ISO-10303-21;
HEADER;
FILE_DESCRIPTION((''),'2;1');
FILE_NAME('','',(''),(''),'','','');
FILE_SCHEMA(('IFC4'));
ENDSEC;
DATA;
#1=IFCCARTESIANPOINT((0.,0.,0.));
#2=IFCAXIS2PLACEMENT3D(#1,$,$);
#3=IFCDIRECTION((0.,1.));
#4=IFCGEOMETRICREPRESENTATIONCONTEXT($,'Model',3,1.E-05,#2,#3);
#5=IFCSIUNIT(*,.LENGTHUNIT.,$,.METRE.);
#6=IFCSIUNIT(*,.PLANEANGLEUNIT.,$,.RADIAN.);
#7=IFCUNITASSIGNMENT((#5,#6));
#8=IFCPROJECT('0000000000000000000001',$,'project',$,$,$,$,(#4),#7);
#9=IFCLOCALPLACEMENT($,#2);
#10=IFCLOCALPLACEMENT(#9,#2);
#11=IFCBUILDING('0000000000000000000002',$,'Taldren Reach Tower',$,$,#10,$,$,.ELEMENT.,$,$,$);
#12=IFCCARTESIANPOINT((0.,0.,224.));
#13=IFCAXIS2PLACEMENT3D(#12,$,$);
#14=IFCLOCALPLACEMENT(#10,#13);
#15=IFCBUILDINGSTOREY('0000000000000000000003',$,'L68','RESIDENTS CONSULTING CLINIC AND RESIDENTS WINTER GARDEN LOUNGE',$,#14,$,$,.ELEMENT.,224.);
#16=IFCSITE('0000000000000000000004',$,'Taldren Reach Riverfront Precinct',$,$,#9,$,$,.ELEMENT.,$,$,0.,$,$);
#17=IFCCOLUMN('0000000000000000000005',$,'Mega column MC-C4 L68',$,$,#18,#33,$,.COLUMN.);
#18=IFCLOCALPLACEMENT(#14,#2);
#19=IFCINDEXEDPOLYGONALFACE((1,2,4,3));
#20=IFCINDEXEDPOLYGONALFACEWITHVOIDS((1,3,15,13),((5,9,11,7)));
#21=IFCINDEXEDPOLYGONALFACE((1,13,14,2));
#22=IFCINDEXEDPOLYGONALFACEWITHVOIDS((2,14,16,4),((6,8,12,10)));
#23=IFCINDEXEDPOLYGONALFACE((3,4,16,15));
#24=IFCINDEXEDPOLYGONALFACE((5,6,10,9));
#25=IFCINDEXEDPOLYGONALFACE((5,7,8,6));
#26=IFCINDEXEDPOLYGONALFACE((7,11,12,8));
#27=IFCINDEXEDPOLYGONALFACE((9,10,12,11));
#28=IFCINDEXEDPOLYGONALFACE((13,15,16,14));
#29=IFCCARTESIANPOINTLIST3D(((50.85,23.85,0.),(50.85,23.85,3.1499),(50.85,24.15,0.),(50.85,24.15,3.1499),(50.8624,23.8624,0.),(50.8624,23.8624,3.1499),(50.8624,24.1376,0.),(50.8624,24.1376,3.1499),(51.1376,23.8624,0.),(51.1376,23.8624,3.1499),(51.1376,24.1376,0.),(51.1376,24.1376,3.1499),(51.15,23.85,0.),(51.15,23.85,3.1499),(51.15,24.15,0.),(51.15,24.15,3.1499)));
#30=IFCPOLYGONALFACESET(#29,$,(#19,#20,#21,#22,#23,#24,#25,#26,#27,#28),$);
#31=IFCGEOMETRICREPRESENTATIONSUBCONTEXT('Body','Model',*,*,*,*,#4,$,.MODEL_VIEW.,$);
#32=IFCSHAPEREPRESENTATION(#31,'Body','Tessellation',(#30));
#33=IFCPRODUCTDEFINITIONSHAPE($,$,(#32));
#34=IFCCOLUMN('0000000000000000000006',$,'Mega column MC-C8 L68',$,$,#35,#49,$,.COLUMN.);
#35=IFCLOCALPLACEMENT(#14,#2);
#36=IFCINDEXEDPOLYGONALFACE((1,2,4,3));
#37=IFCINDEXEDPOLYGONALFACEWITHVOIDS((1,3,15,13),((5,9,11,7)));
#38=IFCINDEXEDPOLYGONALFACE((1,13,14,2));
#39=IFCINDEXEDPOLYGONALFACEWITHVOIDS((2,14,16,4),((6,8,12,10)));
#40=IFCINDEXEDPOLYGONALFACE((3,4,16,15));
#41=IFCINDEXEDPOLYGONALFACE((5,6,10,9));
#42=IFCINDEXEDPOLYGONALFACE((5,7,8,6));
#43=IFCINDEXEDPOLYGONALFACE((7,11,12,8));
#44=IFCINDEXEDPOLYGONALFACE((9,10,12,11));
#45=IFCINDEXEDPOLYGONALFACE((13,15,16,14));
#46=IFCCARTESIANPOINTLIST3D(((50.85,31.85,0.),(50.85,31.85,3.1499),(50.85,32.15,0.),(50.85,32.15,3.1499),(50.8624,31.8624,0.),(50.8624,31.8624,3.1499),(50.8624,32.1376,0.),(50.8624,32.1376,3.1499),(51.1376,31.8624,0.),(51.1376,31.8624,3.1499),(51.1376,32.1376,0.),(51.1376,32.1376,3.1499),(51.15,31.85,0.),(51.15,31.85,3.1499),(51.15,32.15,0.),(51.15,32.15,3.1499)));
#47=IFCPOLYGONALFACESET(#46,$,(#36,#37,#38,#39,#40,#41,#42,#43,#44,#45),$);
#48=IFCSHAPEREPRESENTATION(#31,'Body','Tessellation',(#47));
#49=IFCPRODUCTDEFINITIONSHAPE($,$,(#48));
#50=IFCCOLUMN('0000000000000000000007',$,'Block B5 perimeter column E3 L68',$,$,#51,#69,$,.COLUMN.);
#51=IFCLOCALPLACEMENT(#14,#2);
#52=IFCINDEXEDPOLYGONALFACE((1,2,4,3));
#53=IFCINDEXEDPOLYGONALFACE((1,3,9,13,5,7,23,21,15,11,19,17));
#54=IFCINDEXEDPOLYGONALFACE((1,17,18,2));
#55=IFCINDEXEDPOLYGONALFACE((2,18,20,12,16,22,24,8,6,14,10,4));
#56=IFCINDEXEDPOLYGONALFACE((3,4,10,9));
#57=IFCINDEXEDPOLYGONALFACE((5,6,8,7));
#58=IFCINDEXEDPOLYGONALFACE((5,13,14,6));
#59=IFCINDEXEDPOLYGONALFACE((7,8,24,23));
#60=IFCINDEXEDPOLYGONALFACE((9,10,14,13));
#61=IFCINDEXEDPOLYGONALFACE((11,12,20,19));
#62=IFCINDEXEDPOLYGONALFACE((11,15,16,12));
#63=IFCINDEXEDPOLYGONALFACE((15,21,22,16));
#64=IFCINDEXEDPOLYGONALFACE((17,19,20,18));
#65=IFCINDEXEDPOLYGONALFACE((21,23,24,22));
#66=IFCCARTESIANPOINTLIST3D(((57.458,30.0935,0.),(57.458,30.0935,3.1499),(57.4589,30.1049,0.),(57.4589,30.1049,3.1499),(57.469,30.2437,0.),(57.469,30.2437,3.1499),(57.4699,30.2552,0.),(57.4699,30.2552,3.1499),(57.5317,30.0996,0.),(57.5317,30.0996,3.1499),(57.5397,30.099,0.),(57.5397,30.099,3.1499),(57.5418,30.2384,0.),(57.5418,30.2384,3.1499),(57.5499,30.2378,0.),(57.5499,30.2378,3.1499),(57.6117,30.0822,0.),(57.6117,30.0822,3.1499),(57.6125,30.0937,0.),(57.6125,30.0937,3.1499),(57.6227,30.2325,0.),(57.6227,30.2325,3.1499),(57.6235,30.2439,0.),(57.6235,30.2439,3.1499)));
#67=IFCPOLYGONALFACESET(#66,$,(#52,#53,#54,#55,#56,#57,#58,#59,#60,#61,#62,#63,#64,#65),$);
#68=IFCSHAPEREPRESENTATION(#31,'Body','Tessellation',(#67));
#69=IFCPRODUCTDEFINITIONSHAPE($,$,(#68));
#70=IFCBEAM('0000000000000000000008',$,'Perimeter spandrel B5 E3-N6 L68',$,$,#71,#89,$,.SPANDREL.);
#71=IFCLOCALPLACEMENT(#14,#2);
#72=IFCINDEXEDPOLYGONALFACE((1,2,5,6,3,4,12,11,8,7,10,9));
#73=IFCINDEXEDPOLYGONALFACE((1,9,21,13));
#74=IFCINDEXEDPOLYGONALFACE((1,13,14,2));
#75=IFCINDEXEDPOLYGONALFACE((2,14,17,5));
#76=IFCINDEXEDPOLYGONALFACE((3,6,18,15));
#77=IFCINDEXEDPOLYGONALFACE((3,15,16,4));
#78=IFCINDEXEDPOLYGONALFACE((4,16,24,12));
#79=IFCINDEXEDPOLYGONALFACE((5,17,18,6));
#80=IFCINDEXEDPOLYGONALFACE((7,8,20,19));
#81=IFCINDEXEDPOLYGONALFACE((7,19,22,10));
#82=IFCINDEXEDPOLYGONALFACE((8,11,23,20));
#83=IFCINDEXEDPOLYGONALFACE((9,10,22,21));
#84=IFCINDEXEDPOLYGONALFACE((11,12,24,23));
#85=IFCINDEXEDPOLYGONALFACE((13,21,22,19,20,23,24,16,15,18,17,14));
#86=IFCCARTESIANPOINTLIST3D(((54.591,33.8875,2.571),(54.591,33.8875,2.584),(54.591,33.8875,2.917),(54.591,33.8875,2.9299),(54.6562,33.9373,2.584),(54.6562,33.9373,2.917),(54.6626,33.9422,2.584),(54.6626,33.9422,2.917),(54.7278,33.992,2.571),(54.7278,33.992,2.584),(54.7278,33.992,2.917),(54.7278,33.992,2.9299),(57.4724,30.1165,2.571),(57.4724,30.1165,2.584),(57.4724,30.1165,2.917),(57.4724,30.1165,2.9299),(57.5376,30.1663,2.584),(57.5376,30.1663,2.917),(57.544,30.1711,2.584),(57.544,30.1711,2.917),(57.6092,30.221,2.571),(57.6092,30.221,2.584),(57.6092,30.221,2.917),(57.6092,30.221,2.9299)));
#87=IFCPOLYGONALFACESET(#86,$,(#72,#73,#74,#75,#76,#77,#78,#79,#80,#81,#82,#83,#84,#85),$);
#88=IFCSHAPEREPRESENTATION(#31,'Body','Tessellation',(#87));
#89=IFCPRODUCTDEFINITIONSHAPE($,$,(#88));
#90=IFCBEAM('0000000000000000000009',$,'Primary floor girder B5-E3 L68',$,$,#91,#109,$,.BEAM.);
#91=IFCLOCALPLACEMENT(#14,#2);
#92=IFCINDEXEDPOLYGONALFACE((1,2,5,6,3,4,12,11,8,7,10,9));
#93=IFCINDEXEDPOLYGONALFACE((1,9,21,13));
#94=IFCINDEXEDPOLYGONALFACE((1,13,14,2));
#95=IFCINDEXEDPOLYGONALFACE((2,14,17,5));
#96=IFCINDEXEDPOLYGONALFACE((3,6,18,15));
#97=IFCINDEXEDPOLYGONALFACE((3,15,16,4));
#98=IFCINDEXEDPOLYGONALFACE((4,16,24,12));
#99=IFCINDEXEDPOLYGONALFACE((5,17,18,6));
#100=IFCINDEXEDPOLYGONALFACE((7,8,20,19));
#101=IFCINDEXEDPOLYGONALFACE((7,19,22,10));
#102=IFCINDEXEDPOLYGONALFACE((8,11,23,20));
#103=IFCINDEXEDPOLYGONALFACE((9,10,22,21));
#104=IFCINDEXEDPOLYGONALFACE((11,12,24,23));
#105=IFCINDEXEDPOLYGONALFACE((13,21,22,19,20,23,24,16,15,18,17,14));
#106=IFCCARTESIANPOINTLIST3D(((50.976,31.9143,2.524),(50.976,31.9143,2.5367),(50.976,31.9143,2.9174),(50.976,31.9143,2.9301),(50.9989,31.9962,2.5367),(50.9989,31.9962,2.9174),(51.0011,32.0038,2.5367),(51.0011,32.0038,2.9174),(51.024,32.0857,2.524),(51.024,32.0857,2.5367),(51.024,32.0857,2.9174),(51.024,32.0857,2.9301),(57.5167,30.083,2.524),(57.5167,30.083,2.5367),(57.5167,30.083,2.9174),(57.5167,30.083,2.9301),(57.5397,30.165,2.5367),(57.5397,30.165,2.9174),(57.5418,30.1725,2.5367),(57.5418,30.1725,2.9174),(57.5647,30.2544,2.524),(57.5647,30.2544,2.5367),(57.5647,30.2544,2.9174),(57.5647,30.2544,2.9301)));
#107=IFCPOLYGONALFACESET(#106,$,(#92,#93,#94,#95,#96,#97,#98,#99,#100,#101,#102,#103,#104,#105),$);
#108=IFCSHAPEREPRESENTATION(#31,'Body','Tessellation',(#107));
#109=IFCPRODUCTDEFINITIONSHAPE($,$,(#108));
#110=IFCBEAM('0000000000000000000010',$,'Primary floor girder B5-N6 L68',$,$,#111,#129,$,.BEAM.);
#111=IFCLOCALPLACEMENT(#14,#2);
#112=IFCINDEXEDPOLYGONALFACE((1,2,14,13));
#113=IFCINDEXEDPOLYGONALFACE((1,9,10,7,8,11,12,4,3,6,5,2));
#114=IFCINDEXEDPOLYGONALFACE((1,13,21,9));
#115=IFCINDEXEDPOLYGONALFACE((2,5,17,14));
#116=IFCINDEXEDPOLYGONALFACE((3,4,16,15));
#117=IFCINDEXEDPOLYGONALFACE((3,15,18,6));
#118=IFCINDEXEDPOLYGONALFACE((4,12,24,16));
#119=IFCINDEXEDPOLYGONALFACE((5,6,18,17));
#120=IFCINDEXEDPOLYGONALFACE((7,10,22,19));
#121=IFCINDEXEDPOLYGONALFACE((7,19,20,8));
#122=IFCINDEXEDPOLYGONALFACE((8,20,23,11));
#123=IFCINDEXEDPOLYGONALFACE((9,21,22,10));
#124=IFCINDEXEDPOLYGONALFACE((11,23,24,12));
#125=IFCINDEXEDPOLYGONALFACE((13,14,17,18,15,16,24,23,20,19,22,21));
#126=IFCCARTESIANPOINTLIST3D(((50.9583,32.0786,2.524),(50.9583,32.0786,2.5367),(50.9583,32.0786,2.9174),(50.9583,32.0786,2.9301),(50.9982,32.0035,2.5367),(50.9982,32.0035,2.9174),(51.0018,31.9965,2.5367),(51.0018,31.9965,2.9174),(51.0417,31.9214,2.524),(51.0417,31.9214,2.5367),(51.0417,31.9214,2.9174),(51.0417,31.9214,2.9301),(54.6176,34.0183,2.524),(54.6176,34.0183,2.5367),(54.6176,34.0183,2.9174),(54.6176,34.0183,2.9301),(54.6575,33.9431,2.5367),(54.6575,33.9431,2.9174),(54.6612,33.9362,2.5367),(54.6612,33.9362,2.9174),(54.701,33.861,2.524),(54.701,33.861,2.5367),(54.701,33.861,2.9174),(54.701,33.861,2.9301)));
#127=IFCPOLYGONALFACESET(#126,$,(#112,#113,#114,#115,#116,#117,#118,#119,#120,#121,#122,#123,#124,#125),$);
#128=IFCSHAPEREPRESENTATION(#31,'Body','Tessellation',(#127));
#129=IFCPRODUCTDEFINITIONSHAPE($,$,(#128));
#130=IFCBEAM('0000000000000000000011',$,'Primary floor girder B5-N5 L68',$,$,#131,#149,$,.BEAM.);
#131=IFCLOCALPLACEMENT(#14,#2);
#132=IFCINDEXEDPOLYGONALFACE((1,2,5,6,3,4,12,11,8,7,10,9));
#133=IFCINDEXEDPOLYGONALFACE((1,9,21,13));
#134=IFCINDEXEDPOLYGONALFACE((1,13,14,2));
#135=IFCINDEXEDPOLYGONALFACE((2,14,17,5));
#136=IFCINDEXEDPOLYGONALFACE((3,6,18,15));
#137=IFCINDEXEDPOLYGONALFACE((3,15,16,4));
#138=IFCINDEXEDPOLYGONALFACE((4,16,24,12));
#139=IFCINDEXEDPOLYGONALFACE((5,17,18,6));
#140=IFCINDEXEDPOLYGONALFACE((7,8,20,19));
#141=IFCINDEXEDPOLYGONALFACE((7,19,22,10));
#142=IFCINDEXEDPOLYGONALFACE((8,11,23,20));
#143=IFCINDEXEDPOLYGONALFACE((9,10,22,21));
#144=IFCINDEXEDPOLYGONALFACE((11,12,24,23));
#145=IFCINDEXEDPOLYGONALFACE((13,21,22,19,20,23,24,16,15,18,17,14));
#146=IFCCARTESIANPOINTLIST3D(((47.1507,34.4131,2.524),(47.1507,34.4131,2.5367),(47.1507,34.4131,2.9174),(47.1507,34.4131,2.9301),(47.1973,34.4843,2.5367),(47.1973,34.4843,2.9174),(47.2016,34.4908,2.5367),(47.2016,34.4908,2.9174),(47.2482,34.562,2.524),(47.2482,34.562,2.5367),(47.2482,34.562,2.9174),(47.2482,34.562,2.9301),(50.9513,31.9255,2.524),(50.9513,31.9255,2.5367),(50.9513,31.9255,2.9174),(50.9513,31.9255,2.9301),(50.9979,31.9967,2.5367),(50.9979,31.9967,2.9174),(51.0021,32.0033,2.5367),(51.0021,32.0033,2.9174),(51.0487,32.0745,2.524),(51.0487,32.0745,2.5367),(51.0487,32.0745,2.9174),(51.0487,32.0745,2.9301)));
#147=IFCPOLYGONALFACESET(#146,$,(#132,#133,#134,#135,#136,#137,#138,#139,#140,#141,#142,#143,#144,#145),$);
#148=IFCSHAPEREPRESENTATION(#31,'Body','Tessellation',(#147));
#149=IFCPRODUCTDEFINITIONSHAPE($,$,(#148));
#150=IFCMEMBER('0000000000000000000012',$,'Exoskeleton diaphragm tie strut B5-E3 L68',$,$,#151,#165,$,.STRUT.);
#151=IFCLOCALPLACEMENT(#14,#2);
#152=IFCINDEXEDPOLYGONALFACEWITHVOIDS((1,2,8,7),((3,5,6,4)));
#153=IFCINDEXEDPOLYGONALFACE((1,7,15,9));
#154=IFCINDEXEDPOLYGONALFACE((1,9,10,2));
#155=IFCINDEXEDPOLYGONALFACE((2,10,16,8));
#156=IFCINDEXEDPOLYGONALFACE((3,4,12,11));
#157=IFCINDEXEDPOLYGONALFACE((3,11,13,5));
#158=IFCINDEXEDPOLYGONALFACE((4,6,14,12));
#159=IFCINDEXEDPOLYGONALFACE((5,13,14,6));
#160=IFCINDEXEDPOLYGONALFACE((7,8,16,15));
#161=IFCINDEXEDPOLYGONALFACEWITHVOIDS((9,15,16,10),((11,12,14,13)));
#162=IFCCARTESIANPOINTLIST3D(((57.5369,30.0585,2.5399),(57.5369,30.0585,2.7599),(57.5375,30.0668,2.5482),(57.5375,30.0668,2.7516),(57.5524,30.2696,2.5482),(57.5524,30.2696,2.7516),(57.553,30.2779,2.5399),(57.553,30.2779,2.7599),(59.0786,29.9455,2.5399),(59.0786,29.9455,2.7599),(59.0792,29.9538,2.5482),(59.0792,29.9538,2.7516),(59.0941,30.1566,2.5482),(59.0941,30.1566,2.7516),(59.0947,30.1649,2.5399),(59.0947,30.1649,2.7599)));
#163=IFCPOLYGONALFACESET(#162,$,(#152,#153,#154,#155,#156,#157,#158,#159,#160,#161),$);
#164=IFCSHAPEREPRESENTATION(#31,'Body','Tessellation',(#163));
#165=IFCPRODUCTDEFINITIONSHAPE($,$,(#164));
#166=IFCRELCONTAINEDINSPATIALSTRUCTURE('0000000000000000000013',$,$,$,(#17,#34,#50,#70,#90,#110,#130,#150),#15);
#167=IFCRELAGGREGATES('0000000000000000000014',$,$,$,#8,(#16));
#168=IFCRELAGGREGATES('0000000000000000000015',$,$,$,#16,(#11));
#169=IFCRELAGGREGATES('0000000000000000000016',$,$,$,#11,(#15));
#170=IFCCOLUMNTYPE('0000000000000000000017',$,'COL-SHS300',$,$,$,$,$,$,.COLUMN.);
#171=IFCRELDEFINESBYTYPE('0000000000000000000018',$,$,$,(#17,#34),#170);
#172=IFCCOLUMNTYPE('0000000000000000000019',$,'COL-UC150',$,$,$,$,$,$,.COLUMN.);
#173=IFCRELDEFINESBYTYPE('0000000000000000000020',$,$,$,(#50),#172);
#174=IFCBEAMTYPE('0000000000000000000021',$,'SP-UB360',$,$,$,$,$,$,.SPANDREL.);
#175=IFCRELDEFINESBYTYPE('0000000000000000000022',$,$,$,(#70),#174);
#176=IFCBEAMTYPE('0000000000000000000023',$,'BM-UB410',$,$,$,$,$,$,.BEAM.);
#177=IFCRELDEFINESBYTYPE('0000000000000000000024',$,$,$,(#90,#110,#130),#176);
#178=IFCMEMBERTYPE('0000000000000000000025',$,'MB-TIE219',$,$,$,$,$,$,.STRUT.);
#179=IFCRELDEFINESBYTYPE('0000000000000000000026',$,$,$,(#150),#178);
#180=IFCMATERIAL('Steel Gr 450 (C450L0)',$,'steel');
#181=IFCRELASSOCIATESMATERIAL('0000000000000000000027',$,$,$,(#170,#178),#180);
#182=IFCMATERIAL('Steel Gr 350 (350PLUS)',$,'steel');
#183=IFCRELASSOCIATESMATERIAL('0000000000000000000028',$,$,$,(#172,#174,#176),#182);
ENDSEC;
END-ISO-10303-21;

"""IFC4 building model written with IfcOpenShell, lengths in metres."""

from ifc_helpers import new_model, si_unit, direction, frame, origin, origin_2d, place, context, subcontext, project, spatial, hollow_rectangle, i_section, extrude, source, transform, mapped, material, material_profile, profile_set, type_object, element, save


model = new_model("IFC4")

# Units and contexts
model_context = context("Model", 3, precision=1e-05, world=origin(), true_north=direction((0.0, 1.0)))
body_context = subcontext(model_context, "Body", "Model", "MODEL_VIEW")
ifc_project = project(units=[si_unit("LENGTHUNIT", "METRE"), si_unit("PLANEANGLEUNIT", "RADIAN")], contexts=[model_context])

# Site, building, storey
site_placement = place(None, origin())
site = spatial("IfcSite", under=ifc_project, at=site_placement, Name="Taldren Reach Riverfront Precinct", CompositionType="ELEMENT", RefElevation=0.0)
building_placement = place(site_placement, origin())
building = spatial("IfcBuilding", under=site, at=building_placement, Name="Taldren Reach Tower", CompositionType="ELEMENT")
storey_placement = place(building_placement, frame((0.0, 0.0, 224.0)))
storey = spatial("IfcBuildingStorey", under=building, at=storey_placement, Name="L68", Description="RESIDENTS CONSULTING CLINIC AND RESIDENTS WINTER GARDEN LOUNGE", CompositionType="ELEMENT", Elevation=224.0)

# Columns
ifc_material_1 = material(Name="Steel Gr 450 (C450L0)", Category="steel")
ifc_material_profile_1 = material_profile(ifc_material_1, hollow_rectangle(XDim=0.3, YDim=0.3, WallThickness=0.0125, at=origin_2d()), Name="300x300x12.5SHS")
ifc_profile_set_1 = profile_set([ifc_material_profile_1], Name="Steel Gr 450 (C450L0)")
column_type_1 = type_object("IfcColumnType", Name="COL-SHS300", PredefinedType="COLUMN", material=ifc_profile_set_1)
shared_shape_1 = source(origin(), body_context, "Body", "SweptSolid", [
    extrude(hollow_rectangle(XDim=0.3, YDim=0.3, WallThickness=0.0125, at=origin_2d()), origin(), (0.0, 0.0, 1.0), 3.1499),
])
for number, where, z_axis, x_axis, name in (
    (1, (51.0, 24.0, 0.0), (0.0, 0.0, 1.0), (1.0, 0.0, 0.0), "Mega column MC-C4 L68"),
    (2, (51.0, 32.0, 0.0), (0.0, 0.0, 1.0), (1.0, 0.0, 0.0), "Mega column MC-C8 L68"),
):
    element("IfcColumn", number, at=place(storey_placement, frame(where, z_axis=z_axis, x_axis=x_axis)), inside=storey, type_object=column_type_1, Name=name, PredefinedType="COLUMN", context=body_context, shape_type="MappedRepresentation", body=[
        mapped(shared_shape_1, transform((0.0, 0.0, 0.0), scale=1.0)),
    ])
ifc_material_2 = material(Name="Steel Gr 350 (350PLUS)", Category="steel")
ifc_material_profile_2 = material_profile(ifc_material_2, i_section(OverallWidth=0.1541, OverallDepth=0.1621, WebThickness=0.0081, FlangeThickness=0.0115, at=origin_2d()), Name="150UC37.2")
ifc_profile_set_2 = profile_set([ifc_material_profile_2], Name="Steel Gr 350 (350PLUS)")
column_type_2 = type_object("IfcColumnType", Name="COL-UC150", PredefinedType="COLUMN", material=ifc_profile_set_2)
shared_shape_2 = source(origin(), body_context, "Body", "SweptSolid", [
    extrude(i_section(OverallWidth=0.1541, OverallDepth=0.1621, WebThickness=0.0081, FlangeThickness=0.0115, at=origin_2d()), origin(), (0.0, 0.0, 1.0), 3.1499),
])
column_placement = place(storey_placement, frame((57.5408, 30.1687, 0.0), z_axis=(0.0, 0.0, 1.0), x_axis=(0.997314, -0.073238, 0.0)))
element("IfcColumn", 3, at=column_placement, inside=storey, type_object=column_type_2, Name="Block B5 perimeter column E3 L68", PredefinedType="COLUMN", context=body_context, shape_type="MappedRepresentation", body=[
    mapped(shared_shape_2, transform((0.0, 0.0, 0.0), scale=1.0)),
])

# Beams
ifc_material_profile_3 = material_profile(ifc_material_2, i_section(OverallWidth=0.1721, OverallDepth=0.3589, WebThickness=0.0081, FlangeThickness=0.0129, at=origin_2d()), Name="360UB56.7")
ifc_profile_set_3 = profile_set([ifc_material_profile_3], Name="Steel Gr 350 (350PLUS)")
beam_type_1 = type_object("IfcBeamType", Name="SP-UB360", PredefinedType="SPANDREL", material=ifc_profile_set_3)
shared_shape_3 = source(origin(), body_context, "Body", "SweptSolid", [
    extrude(i_section(OverallWidth=0.1721, OverallDepth=0.3589, WebThickness=0.0081, FlangeThickness=0.0129, at=origin_2d()), origin(), (0.0, 0.0, 1.0), 4.7458),
])
beam_1_placement = place(storey_placement, frame((57.5408, 30.1687, 2.7505), z_axis=(-0.607137, 0.794597, 0.0), x_axis=(-0.794597, -0.607137, 0.0)))
element("IfcBeam", 4, at=beam_1_placement, inside=storey, type_object=beam_type_1, Name="Perimeter spandrel B5 E3-N6 L68", PredefinedType="SPANDREL", context=body_context, shape_type="MappedRepresentation", body=[
    mapped(shared_shape_3, transform((0.0, 0.0, 0.0), scale=1.0)),
])
ifc_material_profile_4 = material_profile(ifc_material_2, i_section(OverallWidth=0.178, OverallDepth=0.406, WebThickness=0.0078, FlangeThickness=0.0127, at=origin_2d()), Name="410UB59.7")
ifc_profile_set_4 = profile_set([ifc_material_profile_4], Name="Steel Gr 350 (350PLUS)")
beam_type_2 = type_object("IfcBeamType", Name="BM-UB410", PredefinedType="BEAM", material=ifc_profile_set_4)
shared_shape_4 = source(origin(), body_context, "Body", "SweptSolid", [
    extrude(i_section(OverallWidth=0.178, OverallDepth=0.406, WebThickness=0.0078, FlangeThickness=0.0127, at=origin_2d()), origin(), (0.0, 0.0, 1.0), 6.7922),
])
beam_2_placement = place(storey_placement, frame((51.0, 32.0, 2.7271), z_axis=(0.962968, -0.269614, 0.0), x_axis=(0.269614, 0.962968, 0.0)))
element("IfcBeam", 5, at=beam_2_placement, inside=storey, type_object=beam_type_2, Name="Primary floor girder B5-E3 L68", PredefinedType="BEAM", context=body_context, shape_type="MappedRepresentation", body=[
    mapped(shared_shape_4, transform((0.0, 0.0, 0.0), scale=1.0)),
])
shared_shape_5 = source(origin(), body_context, "Body", "SweptSolid", [
    extrude(i_section(OverallWidth=0.178, OverallDepth=0.406, WebThickness=0.0078, FlangeThickness=0.0127, at=origin_2d()), origin(), (0.0, 0.0, 1.0), 4.1416),
])
beam_3_placement = place(storey_placement, frame((51.0, 32.0, 2.7271), z_axis=(0.883553, 0.468332, 0.0), x_axis=(-0.468332, 0.883553, 0.0)))
element("IfcBeam", 6, at=beam_3_placement, inside=storey, type_object=beam_type_2, Name="Primary floor girder B5-N6 L68", PredefinedType="BEAM", context=body_context, shape_type="MappedRepresentation", body=[
    mapped(shared_shape_5, transform((0.0, 0.0, 0.0), scale=1.0)),
])
shared_shape_6 = source(origin(), body_context, "Body", "SweptSolid", [
    extrude(i_section(OverallWidth=0.178, OverallDepth=0.406, WebThickness=0.0078, FlangeThickness=0.0127, at=origin_2d()), origin(), (0.0, 0.0, 1.0), 4.5422),
])
beam_4_placement = place(storey_placement, frame((51.0, 32.0, 2.7271), z_axis=(-0.836709, 0.547648, 0.0), x_axis=(-0.547648, -0.836709, 0.0)))
element("IfcBeam", 7, at=beam_4_placement, inside=storey, type_object=beam_type_2, Name="Primary floor girder B5-N5 L68", PredefinedType="BEAM", context=body_context, shape_type="MappedRepresentation", body=[
    mapped(shared_shape_6, transform((0.0, 0.0, 0.0), scale=1.0)),
])

# Member
ifc_material_profile_5 = material_profile(ifc_material_1, hollow_rectangle(XDim=0.22, YDim=0.22, WallThickness=0.0083, at=origin_2d()), Name="220x220x8.2SHS")
ifc_profile_set_5 = profile_set([ifc_material_profile_5], Name="Steel Gr 450 (C450L0)")
member_type_1 = type_object("IfcMemberType", Name="MB-TIE219", PredefinedType="STRUT", material=ifc_profile_set_5)
shared_shape_7 = source(origin(), body_context, "Body", "SweptSolid", [
    extrude(hollow_rectangle(XDim=0.22, YDim=0.22, WallThickness=0.0083, at=origin_2d()), origin(), (0.0, 0.0, 1.0), 1.5459),
])
member_1_placement = place(storey_placement, frame((57.5449, 30.1682, 2.6499), z_axis=(0.997323, -0.073121, 0.0), x_axis=(0.073121, 0.997323, 0.0)))
element("IfcMember", 8, at=member_1_placement, inside=storey, type_object=member_type_1, Name="Exoskeleton diaphragm tie strut B5-E3 L68", PredefinedType="STRUT", context=body_context, shape_type="MappedRepresentation", body=[
    mapped(shared_shape_7, transform((0.0, 0.0, 0.0), scale=1.0)),
])

save(model, "model.ifc")
